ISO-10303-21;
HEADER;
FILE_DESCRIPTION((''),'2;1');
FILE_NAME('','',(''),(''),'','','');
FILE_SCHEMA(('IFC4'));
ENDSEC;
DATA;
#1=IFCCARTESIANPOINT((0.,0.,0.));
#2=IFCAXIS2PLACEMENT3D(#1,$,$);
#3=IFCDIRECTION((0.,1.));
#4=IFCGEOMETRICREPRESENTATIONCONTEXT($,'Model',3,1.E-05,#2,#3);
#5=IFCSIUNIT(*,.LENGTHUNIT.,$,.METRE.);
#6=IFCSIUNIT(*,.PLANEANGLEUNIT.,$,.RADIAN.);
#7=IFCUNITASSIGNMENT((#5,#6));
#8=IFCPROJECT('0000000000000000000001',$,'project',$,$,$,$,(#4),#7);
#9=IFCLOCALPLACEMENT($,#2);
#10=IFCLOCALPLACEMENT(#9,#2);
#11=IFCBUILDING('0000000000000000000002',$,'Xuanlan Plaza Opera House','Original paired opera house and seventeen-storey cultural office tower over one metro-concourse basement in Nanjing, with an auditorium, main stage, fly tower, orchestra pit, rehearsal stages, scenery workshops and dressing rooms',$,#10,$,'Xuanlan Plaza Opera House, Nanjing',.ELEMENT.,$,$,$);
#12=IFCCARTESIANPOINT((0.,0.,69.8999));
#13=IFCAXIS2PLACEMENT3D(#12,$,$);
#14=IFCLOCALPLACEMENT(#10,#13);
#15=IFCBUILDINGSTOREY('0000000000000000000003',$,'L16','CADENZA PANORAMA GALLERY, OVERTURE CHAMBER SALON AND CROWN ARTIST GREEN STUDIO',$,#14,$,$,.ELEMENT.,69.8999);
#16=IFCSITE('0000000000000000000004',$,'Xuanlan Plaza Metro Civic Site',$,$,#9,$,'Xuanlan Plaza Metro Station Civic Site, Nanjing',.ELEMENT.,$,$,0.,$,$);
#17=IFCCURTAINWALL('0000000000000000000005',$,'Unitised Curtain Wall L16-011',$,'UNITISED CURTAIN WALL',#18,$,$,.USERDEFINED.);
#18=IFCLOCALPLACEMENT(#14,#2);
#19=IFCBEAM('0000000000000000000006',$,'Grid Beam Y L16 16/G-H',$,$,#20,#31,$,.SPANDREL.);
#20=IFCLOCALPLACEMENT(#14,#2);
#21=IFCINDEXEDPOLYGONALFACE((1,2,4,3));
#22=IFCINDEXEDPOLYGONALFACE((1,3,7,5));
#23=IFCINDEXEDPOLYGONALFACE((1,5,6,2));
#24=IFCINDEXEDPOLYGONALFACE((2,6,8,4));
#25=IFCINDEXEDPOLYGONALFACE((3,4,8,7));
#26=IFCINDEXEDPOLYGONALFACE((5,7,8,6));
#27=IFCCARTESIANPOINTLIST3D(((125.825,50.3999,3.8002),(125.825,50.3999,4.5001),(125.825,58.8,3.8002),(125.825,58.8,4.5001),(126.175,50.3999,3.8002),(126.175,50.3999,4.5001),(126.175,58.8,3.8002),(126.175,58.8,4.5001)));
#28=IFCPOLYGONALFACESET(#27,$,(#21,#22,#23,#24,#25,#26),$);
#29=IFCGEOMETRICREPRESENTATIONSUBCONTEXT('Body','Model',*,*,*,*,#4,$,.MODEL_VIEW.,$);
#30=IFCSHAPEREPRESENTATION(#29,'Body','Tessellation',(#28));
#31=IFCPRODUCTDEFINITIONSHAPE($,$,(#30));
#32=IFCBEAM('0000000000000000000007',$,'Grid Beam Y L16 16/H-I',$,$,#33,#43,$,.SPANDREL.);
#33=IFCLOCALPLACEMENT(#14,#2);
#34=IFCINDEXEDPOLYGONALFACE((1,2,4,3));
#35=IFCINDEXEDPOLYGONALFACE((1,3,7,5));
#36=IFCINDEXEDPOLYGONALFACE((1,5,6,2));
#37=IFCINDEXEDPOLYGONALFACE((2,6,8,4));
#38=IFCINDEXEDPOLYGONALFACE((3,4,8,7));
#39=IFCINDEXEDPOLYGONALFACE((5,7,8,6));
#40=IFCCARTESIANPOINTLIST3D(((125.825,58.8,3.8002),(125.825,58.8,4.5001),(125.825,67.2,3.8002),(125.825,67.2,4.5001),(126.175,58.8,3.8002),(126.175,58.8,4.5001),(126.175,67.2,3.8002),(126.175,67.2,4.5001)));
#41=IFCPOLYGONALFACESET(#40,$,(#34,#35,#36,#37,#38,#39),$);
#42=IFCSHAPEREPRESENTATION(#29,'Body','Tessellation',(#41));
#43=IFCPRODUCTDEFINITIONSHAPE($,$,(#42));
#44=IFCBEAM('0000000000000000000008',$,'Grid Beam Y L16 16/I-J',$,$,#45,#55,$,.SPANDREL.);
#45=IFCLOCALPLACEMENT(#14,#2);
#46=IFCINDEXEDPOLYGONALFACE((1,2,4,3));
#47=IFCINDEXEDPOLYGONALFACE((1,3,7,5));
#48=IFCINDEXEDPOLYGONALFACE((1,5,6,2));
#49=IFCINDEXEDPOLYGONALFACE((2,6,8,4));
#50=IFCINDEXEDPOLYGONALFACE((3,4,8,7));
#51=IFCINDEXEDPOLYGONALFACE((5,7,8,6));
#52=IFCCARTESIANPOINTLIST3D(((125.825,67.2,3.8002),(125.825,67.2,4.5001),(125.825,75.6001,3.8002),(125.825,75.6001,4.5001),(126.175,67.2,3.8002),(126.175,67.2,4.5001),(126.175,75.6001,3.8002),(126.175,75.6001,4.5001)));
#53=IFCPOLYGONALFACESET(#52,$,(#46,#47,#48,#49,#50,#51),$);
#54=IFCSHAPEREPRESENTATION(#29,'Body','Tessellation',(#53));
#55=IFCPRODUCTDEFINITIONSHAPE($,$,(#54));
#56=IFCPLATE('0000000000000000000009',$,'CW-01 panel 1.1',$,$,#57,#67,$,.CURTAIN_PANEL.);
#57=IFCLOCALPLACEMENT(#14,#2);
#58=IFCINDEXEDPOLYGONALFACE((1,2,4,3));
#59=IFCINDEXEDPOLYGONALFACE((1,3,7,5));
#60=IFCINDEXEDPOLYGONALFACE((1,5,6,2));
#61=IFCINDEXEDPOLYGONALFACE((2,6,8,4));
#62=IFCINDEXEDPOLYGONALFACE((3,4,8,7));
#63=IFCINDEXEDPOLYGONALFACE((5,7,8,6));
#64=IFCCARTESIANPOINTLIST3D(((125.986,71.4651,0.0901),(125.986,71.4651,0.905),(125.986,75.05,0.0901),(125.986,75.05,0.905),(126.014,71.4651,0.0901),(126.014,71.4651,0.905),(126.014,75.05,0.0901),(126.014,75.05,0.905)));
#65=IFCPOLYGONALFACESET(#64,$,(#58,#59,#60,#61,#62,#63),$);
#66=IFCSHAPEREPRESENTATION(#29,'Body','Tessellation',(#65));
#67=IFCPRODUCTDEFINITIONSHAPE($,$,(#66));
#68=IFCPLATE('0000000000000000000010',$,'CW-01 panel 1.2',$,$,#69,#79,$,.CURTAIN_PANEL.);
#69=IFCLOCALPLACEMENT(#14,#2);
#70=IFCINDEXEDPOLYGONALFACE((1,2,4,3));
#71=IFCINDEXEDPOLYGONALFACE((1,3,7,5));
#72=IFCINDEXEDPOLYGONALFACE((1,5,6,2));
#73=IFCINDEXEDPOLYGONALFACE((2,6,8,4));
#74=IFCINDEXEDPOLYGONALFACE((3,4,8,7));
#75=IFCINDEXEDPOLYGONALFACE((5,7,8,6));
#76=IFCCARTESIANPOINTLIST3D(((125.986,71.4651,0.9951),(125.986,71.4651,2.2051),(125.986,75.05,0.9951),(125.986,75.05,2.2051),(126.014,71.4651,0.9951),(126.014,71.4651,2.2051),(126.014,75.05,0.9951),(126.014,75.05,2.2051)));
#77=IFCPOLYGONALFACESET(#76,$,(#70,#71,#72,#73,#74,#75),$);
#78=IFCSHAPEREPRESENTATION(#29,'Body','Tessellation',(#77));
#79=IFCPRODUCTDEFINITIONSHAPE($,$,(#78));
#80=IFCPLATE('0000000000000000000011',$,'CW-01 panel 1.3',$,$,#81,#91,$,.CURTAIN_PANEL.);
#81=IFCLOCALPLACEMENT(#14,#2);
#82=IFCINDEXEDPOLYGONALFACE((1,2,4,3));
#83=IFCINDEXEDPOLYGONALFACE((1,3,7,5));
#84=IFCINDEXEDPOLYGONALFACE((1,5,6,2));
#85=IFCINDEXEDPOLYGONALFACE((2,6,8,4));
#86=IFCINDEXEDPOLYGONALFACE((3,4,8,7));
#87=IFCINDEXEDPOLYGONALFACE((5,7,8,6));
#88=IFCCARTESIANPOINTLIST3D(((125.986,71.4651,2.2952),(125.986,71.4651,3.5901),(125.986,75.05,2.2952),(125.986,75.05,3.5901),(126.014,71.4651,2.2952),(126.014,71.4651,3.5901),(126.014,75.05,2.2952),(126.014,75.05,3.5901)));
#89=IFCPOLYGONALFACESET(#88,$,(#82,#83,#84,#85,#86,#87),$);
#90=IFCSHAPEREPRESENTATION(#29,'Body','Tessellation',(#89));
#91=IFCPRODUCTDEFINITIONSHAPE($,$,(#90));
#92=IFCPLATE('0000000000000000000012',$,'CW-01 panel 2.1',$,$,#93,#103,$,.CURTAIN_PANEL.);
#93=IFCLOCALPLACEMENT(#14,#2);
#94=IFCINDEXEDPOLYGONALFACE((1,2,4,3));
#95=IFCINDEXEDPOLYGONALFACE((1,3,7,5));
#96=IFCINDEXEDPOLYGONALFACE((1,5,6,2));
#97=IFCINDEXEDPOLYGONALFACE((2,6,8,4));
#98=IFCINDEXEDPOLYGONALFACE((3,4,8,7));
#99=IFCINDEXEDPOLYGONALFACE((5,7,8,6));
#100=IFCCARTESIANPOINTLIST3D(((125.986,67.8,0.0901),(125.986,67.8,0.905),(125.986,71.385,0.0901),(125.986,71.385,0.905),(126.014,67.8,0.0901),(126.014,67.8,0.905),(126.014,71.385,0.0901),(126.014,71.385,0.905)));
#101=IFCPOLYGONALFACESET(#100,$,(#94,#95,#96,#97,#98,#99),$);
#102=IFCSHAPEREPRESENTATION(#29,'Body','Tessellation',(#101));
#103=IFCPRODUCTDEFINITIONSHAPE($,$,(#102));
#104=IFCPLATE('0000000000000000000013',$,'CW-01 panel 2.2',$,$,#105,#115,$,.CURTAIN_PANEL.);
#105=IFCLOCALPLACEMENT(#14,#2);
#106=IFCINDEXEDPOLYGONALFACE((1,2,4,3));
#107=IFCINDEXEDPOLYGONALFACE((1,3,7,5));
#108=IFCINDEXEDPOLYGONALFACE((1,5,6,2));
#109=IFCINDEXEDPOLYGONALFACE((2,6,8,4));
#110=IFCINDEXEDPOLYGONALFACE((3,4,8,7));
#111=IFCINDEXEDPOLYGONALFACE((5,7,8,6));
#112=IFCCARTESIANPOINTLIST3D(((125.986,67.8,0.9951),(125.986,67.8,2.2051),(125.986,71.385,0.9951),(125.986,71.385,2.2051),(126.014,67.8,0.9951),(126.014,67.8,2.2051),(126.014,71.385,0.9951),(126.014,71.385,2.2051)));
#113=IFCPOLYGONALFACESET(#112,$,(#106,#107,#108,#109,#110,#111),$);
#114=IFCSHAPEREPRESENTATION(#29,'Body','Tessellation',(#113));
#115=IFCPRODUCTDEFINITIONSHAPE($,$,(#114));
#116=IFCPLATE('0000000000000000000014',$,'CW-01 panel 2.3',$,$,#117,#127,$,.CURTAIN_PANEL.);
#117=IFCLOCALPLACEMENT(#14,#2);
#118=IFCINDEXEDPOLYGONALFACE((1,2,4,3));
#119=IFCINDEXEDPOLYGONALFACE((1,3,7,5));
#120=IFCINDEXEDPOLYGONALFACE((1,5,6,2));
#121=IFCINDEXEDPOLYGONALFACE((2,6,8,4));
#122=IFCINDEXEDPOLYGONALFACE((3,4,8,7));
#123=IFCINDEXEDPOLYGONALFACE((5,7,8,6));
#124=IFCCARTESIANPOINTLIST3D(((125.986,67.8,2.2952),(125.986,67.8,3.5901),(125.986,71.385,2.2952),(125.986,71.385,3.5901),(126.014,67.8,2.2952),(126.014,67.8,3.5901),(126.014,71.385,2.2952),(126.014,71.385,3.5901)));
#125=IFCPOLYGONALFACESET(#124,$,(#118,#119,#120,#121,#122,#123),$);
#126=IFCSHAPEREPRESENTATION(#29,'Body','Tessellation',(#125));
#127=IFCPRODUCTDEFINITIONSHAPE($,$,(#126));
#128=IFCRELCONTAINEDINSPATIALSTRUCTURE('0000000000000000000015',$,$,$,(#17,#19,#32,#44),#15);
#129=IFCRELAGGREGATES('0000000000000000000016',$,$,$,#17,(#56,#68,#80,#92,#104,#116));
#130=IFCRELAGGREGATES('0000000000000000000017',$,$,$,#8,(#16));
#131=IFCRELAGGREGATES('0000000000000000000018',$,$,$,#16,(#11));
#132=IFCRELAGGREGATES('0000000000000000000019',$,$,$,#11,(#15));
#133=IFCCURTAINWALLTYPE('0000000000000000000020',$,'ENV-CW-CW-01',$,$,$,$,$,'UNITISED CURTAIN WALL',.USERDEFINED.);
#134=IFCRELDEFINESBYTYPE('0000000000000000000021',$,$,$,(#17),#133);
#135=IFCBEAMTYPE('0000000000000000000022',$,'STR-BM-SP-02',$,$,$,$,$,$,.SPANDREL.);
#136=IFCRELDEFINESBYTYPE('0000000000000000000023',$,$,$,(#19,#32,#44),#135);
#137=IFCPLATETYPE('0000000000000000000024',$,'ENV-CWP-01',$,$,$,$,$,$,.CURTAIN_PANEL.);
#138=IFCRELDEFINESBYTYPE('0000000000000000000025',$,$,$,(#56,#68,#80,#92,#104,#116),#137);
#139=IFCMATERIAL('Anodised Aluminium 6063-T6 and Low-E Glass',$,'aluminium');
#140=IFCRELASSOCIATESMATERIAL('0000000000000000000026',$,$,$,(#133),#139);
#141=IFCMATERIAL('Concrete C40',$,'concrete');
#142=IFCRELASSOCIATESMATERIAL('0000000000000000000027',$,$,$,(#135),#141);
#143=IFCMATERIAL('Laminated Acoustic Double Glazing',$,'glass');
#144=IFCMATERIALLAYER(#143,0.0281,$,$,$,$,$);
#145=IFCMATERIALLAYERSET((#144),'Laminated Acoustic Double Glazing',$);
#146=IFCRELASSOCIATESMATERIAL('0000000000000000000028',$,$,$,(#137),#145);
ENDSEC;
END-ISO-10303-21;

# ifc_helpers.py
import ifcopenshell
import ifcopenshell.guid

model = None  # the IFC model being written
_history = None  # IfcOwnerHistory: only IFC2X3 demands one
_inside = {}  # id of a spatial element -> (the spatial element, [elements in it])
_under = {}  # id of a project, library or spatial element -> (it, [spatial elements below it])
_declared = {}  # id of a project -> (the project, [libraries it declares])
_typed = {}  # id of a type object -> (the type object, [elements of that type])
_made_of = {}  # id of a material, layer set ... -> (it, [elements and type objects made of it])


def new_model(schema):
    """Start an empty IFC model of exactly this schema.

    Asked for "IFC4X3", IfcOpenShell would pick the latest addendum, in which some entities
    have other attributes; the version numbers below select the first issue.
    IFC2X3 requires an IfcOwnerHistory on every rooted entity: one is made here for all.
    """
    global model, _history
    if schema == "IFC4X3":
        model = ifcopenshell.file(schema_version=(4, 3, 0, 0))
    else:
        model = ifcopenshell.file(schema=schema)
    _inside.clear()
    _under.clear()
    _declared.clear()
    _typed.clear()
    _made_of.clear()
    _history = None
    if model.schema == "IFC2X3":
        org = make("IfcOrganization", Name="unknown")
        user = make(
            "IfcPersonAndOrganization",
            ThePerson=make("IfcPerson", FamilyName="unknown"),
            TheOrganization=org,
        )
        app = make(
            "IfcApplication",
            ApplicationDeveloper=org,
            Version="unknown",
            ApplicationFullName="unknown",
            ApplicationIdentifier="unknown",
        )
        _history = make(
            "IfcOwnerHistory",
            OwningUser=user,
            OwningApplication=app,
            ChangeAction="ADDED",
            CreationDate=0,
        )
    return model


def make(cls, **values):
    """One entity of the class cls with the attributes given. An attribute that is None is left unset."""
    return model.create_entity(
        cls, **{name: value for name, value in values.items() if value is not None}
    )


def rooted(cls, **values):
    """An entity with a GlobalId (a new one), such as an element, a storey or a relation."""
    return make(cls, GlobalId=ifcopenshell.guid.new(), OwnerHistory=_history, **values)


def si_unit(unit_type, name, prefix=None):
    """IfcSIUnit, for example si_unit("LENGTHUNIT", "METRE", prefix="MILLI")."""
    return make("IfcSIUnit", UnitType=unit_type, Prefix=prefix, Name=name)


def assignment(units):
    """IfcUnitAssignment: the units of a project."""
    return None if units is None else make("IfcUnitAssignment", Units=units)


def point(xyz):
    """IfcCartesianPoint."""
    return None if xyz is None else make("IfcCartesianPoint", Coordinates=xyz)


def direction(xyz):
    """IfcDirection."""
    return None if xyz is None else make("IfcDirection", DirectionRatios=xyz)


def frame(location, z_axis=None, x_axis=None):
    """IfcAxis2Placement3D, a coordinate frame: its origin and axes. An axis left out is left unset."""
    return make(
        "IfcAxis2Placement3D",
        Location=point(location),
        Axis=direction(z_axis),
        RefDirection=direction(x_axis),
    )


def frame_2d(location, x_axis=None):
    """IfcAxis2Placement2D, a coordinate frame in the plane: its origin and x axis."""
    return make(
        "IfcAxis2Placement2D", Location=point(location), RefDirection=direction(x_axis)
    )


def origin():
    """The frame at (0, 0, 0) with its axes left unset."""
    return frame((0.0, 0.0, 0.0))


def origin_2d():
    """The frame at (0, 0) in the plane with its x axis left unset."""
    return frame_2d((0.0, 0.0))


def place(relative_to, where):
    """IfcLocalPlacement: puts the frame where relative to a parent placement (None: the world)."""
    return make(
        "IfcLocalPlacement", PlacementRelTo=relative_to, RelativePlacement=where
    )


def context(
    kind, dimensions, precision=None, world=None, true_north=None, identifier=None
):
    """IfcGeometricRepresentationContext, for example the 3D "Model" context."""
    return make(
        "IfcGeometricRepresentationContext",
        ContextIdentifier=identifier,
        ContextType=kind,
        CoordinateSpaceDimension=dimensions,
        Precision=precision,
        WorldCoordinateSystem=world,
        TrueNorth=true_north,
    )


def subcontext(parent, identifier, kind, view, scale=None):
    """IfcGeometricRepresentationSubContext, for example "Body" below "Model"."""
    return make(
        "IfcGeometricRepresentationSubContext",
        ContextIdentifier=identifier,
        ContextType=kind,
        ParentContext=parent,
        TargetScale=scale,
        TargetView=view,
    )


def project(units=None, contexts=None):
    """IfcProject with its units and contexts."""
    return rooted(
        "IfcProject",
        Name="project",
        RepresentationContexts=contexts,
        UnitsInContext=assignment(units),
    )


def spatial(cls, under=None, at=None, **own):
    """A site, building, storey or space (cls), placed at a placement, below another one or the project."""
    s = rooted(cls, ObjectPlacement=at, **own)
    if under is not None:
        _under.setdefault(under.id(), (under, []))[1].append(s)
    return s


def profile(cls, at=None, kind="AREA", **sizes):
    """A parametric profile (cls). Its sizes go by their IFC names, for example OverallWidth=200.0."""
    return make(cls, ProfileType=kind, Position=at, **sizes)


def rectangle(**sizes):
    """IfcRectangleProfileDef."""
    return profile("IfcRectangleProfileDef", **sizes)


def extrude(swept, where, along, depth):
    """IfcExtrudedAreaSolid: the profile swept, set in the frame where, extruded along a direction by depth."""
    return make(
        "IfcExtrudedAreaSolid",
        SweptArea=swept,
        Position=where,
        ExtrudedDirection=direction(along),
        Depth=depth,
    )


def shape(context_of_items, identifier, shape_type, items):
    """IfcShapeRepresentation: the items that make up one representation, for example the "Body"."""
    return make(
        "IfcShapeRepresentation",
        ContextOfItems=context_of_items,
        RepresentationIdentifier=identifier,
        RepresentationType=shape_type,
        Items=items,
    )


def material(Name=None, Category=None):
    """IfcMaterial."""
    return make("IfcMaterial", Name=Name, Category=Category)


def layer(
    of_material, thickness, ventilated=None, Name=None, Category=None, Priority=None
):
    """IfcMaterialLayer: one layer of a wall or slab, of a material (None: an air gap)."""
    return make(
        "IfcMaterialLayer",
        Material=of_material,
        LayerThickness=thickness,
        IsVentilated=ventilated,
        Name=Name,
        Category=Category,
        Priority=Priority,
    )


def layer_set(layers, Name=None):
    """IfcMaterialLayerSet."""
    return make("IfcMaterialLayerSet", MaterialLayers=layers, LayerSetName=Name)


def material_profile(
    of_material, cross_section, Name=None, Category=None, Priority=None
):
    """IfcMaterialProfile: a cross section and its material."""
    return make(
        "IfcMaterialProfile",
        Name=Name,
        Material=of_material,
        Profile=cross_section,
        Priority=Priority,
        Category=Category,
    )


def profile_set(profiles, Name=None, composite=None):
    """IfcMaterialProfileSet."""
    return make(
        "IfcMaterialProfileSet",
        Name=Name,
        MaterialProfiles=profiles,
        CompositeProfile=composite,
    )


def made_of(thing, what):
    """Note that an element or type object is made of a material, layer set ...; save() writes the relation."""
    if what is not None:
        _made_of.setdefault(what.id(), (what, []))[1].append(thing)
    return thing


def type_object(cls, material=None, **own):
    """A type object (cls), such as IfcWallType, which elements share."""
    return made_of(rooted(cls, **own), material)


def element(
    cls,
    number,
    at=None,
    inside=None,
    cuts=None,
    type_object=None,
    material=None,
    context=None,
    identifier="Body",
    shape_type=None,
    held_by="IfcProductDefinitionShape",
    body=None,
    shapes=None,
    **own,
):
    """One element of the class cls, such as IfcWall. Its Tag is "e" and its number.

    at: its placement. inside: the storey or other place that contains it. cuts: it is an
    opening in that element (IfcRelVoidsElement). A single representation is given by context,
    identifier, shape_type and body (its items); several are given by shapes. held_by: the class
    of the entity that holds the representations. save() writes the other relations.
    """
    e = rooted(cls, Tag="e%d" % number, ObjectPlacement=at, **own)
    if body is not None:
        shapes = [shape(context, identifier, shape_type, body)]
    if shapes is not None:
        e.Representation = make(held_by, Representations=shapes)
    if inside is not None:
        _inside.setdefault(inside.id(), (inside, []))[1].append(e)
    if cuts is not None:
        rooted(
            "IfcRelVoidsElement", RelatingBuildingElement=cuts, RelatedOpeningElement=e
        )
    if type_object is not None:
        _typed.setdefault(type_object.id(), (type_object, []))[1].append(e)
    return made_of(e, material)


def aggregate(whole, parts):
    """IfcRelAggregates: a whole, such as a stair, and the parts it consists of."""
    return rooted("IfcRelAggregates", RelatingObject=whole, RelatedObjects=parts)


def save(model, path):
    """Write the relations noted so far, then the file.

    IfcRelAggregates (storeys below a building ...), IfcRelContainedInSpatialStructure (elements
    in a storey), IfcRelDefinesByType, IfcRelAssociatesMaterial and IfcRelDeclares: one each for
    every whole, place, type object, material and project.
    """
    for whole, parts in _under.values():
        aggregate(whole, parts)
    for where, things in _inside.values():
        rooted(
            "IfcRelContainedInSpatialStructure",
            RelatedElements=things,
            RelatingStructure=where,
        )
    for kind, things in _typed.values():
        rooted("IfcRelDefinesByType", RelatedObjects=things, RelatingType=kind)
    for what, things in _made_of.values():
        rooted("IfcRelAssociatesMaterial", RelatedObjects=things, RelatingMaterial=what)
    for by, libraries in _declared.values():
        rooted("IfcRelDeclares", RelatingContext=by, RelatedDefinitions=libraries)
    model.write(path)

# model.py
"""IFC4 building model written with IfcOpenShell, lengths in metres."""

from ifc_helpers import new_model, si_unit, direction, frame, origin, origin_2d, place, context, subcontext, project, spatial, rectangle, extrude, material, layer, layer_set, material_profile, profile_set, type_object, element, aggregate, save


model = new_model("IFC4")

# Units and contexts
model_context = context("Model", 3, precision=1e-05, world=origin(), true_north=direction((0.0, 1.0)))
body_context = subcontext(model_context, "Body", "Model", "MODEL_VIEW")
ifc_project = project(units=[si_unit("LENGTHUNIT", "METRE"), si_unit("PLANEANGLEUNIT", "RADIAN")], contexts=[model_context])

# Site, building, storey
site_placement = place(None, origin())
site = spatial("IfcSite", under=ifc_project, at=site_placement, Name="Xuanlan Plaza Metro Civic Site", LongName="Xuanlan Plaza Metro Station Civic Site, Nanjing", CompositionType="ELEMENT", RefElevation=0.0)
building_placement = place(site_placement, origin())
building = spatial("IfcBuilding", under=site, at=building_placement, Name="Xuanlan Plaza Opera House", Description="Original paired opera house and seventeen-storey cultural office tower over one metro-concourse basement in Nanjing, with an auditorium, main stage, fly tower, orchestra pit, rehearsal stages, scenery workshops and dressing rooms", LongName="Xuanlan Plaza Opera House, Nanjing", CompositionType="ELEMENT")
storey_placement = place(building_placement, frame((0.0, 0.0, 69.8999)))
storey = spatial("IfcBuildingStorey", under=building, at=storey_placement, Name="L16", Description="CADENZA PANORAMA GALLERY, OVERTURE CHAMBER SALON AND CROWN ARTIST GREEN STUDIO", CompositionType="ELEMENT", Elevation=69.8999)

# Curtain wall
ifc_material_1 = material(Name="Anodised Aluminium 6063-T6 and Low-E Glass", Category="aluminium")
curtain_wall_type_1 = type_object("IfcCurtainWallType", Name="ENV-CW-CW-01", ElementType="UNITISED CURTAIN WALL", PredefinedType="USERDEFINED", material=ifc_material_1)
curtain_wall_1_placement = place(storey_placement, origin())
curtain_wall_1 = element("IfcCurtainWall", 1, at=curtain_wall_1_placement, inside=storey, type_object=curtain_wall_type_1, Name="Unitised Curtain Wall L16-011", ObjectType="UNITISED CURTAIN WALL", PredefinedType="USERDEFINED")

# Beams
ifc_material_2 = material(Name="Concrete C40", Category="concrete")
ifc_material_profile_1 = material_profile(ifc_material_2, rectangle(XDim=0.3501, YDim=0.7, at=origin_2d()), Name="RC-SPD 350x700")
ifc_profile_set_1 = profile_set([ifc_material_profile_1], Name="Concrete C40")
beam_type = type_object("IfcBeamType", Name="STR-BM-SP-02", PredefinedType="SPANDREL", material=ifc_profile_set_1)
beam_1_placement = place(storey_placement, frame((126.0, 50.3999, 4.1501), z_axis=(0.0, 1.0, 0.0), x_axis=(-1.0, 0.0, 0.0)))
element("IfcBeam", 2, at=beam_1_placement, inside=storey, type_object=beam_type, Name="Grid Beam Y L16 16/G-H", PredefinedType="SPANDREL", context=body_context, shape_type="SweptSolid", body=[
    extrude(rectangle(XDim=0.3501, YDim=0.7, at=origin_2d()), origin(), (0.0, 0.0, 1.0), 8.4001),
])
beam_2_placement = place(storey_placement, frame((126.0, 58.8, 4.1501), z_axis=(0.0, 1.0, 0.0), x_axis=(-1.0, 0.0, 0.0)))
element("IfcBeam", 3, at=beam_2_placement, inside=storey, type_object=beam_type, Name="Grid Beam Y L16 16/H-I", PredefinedType="SPANDREL", context=body_context, shape_type="SweptSolid", body=[
    extrude(rectangle(XDim=0.3501, YDim=0.7, at=origin_2d()), origin(), (0.0, 0.0, 1.0), 8.3999),
])
beam_3_placement = place(storey_placement, frame((126.0, 67.2, 4.1501), z_axis=(0.0, 1.0, 0.0), x_axis=(-1.0, 0.0, 0.0)))
element("IfcBeam", 4, at=beam_3_placement, inside=storey, type_object=beam_type, Name="Grid Beam Y L16 16/I-J", PredefinedType="SPANDREL", context=body_context, shape_type="SweptSolid", body=[
    extrude(rectangle(XDim=0.3501, YDim=0.7, at=origin_2d()), origin(), (0.0, 0.0, 1.0), 8.4001),
])

# Plates
ifc_material_3 = material(Name="Laminated Acoustic Double Glazing", Category="glass")
ifc_layer = layer(ifc_material_3, 0.0281)
ifc_layer_set = layer_set([ifc_layer], Name="Laminated Acoustic Double Glazing")
plate_type = type_object("IfcPlateType", Name="ENV-CWP-01", PredefinedType="CURTAIN_PANEL", material=ifc_layer_set)
plate_1_placement = place(storey_placement, frame((126.0, 73.2576, 0.0901), z_axis=(0.0, 0.0, 1.0), x_axis=(0.0, -1.0, 0.0)))
plate_1 = element("IfcPlate", 5, at=plate_1_placement, type_object=plate_type, Name="CW-01 panel 1.1", PredefinedType="CURTAIN_PANEL", context=body_context, shape_type="SweptSolid", body=[
    extrude(rectangle(XDim=3.585, YDim=0.0281, at=origin_2d()), origin(), (0.0, 0.0, 1.0), 0.8149),
])
plate_2_placement = place(storey_placement, frame((126.0, 73.2576, 0.9951), z_axis=(0.0, 0.0, 1.0), x_axis=(0.0, -1.0, 0.0)))
plate_2 = element("IfcPlate", 6, at=plate_2_placement, type_object=plate_type, Name="CW-01 panel 1.2", PredefinedType="CURTAIN_PANEL", context=body_context, shape_type="SweptSolid", body=[
    extrude(rectangle(XDim=3.585, YDim=0.0281, at=origin_2d()), origin(), (0.0, 0.0, 1.0), 1.21),
])
plate_3_placement = place(storey_placement, frame((126.0, 73.2576, 2.2952), z_axis=(0.0, 0.0, 1.0), x_axis=(0.0, -1.0, 0.0)))
plate_3 = element("IfcPlate", 7, at=plate_3_placement, type_object=plate_type, Name="CW-01 panel 1.3", PredefinedType="CURTAIN_PANEL", context=body_context, shape_type="SweptSolid", body=[
    extrude(rectangle(XDim=3.585, YDim=0.0281, at=origin_2d()), origin(), (0.0, 0.0, 1.0), 1.2949),
])
plate_4_placement = place(storey_placement, frame((126.0, 69.5925, 0.0901), z_axis=(0.0, 0.0, 1.0), x_axis=(0.0, -1.0, 0.0)))
plate_4 = element("IfcPlate", 8, at=plate_4_placement, type_object=plate_type, Name="CW-01 panel 2.1", PredefinedType="CURTAIN_PANEL", context=body_context, shape_type="SweptSolid", body=[
    extrude(rectangle(XDim=3.585, YDim=0.0281, at=origin_2d()), origin(), (0.0, 0.0, 1.0), 0.8149),
])
plate_5_placement = place(storey_placement, frame((126.0, 69.5925, 0.9951), z_axis=(0.0, 0.0, 1.0), x_axis=(0.0, -1.0, 0.0)))
plate_5 = element("IfcPlate", 9, at=plate_5_placement, type_object=plate_type, Name="CW-01 panel 2.2", PredefinedType="CURTAIN_PANEL", context=body_context, shape_type="SweptSolid", body=[
    extrude(rectangle(XDim=3.585, YDim=0.0281, at=origin_2d()), origin(), (0.0, 0.0, 1.0), 1.21),
])
plate_6_placement = place(storey_placement, frame((126.0, 69.5925, 2.2952), z_axis=(0.0, 0.0, 1.0), x_axis=(0.0, -1.0, 0.0)))
plate_6 = element("IfcPlate", 10, at=plate_6_placement, type_object=plate_type, Name="CW-01 panel 2.3", PredefinedType="CURTAIN_PANEL", context=body_context, shape_type="SweptSolid", body=[
    extrude(rectangle(XDim=3.585, YDim=0.0281, at=origin_2d()), origin(), (0.0, 0.0, 1.0), 1.2949),
])
aggregate(curtain_wall_1, [plate_1, plate_2, plate_3, plate_4, plate_5, plate_6])

save(model, "model.ifc")
